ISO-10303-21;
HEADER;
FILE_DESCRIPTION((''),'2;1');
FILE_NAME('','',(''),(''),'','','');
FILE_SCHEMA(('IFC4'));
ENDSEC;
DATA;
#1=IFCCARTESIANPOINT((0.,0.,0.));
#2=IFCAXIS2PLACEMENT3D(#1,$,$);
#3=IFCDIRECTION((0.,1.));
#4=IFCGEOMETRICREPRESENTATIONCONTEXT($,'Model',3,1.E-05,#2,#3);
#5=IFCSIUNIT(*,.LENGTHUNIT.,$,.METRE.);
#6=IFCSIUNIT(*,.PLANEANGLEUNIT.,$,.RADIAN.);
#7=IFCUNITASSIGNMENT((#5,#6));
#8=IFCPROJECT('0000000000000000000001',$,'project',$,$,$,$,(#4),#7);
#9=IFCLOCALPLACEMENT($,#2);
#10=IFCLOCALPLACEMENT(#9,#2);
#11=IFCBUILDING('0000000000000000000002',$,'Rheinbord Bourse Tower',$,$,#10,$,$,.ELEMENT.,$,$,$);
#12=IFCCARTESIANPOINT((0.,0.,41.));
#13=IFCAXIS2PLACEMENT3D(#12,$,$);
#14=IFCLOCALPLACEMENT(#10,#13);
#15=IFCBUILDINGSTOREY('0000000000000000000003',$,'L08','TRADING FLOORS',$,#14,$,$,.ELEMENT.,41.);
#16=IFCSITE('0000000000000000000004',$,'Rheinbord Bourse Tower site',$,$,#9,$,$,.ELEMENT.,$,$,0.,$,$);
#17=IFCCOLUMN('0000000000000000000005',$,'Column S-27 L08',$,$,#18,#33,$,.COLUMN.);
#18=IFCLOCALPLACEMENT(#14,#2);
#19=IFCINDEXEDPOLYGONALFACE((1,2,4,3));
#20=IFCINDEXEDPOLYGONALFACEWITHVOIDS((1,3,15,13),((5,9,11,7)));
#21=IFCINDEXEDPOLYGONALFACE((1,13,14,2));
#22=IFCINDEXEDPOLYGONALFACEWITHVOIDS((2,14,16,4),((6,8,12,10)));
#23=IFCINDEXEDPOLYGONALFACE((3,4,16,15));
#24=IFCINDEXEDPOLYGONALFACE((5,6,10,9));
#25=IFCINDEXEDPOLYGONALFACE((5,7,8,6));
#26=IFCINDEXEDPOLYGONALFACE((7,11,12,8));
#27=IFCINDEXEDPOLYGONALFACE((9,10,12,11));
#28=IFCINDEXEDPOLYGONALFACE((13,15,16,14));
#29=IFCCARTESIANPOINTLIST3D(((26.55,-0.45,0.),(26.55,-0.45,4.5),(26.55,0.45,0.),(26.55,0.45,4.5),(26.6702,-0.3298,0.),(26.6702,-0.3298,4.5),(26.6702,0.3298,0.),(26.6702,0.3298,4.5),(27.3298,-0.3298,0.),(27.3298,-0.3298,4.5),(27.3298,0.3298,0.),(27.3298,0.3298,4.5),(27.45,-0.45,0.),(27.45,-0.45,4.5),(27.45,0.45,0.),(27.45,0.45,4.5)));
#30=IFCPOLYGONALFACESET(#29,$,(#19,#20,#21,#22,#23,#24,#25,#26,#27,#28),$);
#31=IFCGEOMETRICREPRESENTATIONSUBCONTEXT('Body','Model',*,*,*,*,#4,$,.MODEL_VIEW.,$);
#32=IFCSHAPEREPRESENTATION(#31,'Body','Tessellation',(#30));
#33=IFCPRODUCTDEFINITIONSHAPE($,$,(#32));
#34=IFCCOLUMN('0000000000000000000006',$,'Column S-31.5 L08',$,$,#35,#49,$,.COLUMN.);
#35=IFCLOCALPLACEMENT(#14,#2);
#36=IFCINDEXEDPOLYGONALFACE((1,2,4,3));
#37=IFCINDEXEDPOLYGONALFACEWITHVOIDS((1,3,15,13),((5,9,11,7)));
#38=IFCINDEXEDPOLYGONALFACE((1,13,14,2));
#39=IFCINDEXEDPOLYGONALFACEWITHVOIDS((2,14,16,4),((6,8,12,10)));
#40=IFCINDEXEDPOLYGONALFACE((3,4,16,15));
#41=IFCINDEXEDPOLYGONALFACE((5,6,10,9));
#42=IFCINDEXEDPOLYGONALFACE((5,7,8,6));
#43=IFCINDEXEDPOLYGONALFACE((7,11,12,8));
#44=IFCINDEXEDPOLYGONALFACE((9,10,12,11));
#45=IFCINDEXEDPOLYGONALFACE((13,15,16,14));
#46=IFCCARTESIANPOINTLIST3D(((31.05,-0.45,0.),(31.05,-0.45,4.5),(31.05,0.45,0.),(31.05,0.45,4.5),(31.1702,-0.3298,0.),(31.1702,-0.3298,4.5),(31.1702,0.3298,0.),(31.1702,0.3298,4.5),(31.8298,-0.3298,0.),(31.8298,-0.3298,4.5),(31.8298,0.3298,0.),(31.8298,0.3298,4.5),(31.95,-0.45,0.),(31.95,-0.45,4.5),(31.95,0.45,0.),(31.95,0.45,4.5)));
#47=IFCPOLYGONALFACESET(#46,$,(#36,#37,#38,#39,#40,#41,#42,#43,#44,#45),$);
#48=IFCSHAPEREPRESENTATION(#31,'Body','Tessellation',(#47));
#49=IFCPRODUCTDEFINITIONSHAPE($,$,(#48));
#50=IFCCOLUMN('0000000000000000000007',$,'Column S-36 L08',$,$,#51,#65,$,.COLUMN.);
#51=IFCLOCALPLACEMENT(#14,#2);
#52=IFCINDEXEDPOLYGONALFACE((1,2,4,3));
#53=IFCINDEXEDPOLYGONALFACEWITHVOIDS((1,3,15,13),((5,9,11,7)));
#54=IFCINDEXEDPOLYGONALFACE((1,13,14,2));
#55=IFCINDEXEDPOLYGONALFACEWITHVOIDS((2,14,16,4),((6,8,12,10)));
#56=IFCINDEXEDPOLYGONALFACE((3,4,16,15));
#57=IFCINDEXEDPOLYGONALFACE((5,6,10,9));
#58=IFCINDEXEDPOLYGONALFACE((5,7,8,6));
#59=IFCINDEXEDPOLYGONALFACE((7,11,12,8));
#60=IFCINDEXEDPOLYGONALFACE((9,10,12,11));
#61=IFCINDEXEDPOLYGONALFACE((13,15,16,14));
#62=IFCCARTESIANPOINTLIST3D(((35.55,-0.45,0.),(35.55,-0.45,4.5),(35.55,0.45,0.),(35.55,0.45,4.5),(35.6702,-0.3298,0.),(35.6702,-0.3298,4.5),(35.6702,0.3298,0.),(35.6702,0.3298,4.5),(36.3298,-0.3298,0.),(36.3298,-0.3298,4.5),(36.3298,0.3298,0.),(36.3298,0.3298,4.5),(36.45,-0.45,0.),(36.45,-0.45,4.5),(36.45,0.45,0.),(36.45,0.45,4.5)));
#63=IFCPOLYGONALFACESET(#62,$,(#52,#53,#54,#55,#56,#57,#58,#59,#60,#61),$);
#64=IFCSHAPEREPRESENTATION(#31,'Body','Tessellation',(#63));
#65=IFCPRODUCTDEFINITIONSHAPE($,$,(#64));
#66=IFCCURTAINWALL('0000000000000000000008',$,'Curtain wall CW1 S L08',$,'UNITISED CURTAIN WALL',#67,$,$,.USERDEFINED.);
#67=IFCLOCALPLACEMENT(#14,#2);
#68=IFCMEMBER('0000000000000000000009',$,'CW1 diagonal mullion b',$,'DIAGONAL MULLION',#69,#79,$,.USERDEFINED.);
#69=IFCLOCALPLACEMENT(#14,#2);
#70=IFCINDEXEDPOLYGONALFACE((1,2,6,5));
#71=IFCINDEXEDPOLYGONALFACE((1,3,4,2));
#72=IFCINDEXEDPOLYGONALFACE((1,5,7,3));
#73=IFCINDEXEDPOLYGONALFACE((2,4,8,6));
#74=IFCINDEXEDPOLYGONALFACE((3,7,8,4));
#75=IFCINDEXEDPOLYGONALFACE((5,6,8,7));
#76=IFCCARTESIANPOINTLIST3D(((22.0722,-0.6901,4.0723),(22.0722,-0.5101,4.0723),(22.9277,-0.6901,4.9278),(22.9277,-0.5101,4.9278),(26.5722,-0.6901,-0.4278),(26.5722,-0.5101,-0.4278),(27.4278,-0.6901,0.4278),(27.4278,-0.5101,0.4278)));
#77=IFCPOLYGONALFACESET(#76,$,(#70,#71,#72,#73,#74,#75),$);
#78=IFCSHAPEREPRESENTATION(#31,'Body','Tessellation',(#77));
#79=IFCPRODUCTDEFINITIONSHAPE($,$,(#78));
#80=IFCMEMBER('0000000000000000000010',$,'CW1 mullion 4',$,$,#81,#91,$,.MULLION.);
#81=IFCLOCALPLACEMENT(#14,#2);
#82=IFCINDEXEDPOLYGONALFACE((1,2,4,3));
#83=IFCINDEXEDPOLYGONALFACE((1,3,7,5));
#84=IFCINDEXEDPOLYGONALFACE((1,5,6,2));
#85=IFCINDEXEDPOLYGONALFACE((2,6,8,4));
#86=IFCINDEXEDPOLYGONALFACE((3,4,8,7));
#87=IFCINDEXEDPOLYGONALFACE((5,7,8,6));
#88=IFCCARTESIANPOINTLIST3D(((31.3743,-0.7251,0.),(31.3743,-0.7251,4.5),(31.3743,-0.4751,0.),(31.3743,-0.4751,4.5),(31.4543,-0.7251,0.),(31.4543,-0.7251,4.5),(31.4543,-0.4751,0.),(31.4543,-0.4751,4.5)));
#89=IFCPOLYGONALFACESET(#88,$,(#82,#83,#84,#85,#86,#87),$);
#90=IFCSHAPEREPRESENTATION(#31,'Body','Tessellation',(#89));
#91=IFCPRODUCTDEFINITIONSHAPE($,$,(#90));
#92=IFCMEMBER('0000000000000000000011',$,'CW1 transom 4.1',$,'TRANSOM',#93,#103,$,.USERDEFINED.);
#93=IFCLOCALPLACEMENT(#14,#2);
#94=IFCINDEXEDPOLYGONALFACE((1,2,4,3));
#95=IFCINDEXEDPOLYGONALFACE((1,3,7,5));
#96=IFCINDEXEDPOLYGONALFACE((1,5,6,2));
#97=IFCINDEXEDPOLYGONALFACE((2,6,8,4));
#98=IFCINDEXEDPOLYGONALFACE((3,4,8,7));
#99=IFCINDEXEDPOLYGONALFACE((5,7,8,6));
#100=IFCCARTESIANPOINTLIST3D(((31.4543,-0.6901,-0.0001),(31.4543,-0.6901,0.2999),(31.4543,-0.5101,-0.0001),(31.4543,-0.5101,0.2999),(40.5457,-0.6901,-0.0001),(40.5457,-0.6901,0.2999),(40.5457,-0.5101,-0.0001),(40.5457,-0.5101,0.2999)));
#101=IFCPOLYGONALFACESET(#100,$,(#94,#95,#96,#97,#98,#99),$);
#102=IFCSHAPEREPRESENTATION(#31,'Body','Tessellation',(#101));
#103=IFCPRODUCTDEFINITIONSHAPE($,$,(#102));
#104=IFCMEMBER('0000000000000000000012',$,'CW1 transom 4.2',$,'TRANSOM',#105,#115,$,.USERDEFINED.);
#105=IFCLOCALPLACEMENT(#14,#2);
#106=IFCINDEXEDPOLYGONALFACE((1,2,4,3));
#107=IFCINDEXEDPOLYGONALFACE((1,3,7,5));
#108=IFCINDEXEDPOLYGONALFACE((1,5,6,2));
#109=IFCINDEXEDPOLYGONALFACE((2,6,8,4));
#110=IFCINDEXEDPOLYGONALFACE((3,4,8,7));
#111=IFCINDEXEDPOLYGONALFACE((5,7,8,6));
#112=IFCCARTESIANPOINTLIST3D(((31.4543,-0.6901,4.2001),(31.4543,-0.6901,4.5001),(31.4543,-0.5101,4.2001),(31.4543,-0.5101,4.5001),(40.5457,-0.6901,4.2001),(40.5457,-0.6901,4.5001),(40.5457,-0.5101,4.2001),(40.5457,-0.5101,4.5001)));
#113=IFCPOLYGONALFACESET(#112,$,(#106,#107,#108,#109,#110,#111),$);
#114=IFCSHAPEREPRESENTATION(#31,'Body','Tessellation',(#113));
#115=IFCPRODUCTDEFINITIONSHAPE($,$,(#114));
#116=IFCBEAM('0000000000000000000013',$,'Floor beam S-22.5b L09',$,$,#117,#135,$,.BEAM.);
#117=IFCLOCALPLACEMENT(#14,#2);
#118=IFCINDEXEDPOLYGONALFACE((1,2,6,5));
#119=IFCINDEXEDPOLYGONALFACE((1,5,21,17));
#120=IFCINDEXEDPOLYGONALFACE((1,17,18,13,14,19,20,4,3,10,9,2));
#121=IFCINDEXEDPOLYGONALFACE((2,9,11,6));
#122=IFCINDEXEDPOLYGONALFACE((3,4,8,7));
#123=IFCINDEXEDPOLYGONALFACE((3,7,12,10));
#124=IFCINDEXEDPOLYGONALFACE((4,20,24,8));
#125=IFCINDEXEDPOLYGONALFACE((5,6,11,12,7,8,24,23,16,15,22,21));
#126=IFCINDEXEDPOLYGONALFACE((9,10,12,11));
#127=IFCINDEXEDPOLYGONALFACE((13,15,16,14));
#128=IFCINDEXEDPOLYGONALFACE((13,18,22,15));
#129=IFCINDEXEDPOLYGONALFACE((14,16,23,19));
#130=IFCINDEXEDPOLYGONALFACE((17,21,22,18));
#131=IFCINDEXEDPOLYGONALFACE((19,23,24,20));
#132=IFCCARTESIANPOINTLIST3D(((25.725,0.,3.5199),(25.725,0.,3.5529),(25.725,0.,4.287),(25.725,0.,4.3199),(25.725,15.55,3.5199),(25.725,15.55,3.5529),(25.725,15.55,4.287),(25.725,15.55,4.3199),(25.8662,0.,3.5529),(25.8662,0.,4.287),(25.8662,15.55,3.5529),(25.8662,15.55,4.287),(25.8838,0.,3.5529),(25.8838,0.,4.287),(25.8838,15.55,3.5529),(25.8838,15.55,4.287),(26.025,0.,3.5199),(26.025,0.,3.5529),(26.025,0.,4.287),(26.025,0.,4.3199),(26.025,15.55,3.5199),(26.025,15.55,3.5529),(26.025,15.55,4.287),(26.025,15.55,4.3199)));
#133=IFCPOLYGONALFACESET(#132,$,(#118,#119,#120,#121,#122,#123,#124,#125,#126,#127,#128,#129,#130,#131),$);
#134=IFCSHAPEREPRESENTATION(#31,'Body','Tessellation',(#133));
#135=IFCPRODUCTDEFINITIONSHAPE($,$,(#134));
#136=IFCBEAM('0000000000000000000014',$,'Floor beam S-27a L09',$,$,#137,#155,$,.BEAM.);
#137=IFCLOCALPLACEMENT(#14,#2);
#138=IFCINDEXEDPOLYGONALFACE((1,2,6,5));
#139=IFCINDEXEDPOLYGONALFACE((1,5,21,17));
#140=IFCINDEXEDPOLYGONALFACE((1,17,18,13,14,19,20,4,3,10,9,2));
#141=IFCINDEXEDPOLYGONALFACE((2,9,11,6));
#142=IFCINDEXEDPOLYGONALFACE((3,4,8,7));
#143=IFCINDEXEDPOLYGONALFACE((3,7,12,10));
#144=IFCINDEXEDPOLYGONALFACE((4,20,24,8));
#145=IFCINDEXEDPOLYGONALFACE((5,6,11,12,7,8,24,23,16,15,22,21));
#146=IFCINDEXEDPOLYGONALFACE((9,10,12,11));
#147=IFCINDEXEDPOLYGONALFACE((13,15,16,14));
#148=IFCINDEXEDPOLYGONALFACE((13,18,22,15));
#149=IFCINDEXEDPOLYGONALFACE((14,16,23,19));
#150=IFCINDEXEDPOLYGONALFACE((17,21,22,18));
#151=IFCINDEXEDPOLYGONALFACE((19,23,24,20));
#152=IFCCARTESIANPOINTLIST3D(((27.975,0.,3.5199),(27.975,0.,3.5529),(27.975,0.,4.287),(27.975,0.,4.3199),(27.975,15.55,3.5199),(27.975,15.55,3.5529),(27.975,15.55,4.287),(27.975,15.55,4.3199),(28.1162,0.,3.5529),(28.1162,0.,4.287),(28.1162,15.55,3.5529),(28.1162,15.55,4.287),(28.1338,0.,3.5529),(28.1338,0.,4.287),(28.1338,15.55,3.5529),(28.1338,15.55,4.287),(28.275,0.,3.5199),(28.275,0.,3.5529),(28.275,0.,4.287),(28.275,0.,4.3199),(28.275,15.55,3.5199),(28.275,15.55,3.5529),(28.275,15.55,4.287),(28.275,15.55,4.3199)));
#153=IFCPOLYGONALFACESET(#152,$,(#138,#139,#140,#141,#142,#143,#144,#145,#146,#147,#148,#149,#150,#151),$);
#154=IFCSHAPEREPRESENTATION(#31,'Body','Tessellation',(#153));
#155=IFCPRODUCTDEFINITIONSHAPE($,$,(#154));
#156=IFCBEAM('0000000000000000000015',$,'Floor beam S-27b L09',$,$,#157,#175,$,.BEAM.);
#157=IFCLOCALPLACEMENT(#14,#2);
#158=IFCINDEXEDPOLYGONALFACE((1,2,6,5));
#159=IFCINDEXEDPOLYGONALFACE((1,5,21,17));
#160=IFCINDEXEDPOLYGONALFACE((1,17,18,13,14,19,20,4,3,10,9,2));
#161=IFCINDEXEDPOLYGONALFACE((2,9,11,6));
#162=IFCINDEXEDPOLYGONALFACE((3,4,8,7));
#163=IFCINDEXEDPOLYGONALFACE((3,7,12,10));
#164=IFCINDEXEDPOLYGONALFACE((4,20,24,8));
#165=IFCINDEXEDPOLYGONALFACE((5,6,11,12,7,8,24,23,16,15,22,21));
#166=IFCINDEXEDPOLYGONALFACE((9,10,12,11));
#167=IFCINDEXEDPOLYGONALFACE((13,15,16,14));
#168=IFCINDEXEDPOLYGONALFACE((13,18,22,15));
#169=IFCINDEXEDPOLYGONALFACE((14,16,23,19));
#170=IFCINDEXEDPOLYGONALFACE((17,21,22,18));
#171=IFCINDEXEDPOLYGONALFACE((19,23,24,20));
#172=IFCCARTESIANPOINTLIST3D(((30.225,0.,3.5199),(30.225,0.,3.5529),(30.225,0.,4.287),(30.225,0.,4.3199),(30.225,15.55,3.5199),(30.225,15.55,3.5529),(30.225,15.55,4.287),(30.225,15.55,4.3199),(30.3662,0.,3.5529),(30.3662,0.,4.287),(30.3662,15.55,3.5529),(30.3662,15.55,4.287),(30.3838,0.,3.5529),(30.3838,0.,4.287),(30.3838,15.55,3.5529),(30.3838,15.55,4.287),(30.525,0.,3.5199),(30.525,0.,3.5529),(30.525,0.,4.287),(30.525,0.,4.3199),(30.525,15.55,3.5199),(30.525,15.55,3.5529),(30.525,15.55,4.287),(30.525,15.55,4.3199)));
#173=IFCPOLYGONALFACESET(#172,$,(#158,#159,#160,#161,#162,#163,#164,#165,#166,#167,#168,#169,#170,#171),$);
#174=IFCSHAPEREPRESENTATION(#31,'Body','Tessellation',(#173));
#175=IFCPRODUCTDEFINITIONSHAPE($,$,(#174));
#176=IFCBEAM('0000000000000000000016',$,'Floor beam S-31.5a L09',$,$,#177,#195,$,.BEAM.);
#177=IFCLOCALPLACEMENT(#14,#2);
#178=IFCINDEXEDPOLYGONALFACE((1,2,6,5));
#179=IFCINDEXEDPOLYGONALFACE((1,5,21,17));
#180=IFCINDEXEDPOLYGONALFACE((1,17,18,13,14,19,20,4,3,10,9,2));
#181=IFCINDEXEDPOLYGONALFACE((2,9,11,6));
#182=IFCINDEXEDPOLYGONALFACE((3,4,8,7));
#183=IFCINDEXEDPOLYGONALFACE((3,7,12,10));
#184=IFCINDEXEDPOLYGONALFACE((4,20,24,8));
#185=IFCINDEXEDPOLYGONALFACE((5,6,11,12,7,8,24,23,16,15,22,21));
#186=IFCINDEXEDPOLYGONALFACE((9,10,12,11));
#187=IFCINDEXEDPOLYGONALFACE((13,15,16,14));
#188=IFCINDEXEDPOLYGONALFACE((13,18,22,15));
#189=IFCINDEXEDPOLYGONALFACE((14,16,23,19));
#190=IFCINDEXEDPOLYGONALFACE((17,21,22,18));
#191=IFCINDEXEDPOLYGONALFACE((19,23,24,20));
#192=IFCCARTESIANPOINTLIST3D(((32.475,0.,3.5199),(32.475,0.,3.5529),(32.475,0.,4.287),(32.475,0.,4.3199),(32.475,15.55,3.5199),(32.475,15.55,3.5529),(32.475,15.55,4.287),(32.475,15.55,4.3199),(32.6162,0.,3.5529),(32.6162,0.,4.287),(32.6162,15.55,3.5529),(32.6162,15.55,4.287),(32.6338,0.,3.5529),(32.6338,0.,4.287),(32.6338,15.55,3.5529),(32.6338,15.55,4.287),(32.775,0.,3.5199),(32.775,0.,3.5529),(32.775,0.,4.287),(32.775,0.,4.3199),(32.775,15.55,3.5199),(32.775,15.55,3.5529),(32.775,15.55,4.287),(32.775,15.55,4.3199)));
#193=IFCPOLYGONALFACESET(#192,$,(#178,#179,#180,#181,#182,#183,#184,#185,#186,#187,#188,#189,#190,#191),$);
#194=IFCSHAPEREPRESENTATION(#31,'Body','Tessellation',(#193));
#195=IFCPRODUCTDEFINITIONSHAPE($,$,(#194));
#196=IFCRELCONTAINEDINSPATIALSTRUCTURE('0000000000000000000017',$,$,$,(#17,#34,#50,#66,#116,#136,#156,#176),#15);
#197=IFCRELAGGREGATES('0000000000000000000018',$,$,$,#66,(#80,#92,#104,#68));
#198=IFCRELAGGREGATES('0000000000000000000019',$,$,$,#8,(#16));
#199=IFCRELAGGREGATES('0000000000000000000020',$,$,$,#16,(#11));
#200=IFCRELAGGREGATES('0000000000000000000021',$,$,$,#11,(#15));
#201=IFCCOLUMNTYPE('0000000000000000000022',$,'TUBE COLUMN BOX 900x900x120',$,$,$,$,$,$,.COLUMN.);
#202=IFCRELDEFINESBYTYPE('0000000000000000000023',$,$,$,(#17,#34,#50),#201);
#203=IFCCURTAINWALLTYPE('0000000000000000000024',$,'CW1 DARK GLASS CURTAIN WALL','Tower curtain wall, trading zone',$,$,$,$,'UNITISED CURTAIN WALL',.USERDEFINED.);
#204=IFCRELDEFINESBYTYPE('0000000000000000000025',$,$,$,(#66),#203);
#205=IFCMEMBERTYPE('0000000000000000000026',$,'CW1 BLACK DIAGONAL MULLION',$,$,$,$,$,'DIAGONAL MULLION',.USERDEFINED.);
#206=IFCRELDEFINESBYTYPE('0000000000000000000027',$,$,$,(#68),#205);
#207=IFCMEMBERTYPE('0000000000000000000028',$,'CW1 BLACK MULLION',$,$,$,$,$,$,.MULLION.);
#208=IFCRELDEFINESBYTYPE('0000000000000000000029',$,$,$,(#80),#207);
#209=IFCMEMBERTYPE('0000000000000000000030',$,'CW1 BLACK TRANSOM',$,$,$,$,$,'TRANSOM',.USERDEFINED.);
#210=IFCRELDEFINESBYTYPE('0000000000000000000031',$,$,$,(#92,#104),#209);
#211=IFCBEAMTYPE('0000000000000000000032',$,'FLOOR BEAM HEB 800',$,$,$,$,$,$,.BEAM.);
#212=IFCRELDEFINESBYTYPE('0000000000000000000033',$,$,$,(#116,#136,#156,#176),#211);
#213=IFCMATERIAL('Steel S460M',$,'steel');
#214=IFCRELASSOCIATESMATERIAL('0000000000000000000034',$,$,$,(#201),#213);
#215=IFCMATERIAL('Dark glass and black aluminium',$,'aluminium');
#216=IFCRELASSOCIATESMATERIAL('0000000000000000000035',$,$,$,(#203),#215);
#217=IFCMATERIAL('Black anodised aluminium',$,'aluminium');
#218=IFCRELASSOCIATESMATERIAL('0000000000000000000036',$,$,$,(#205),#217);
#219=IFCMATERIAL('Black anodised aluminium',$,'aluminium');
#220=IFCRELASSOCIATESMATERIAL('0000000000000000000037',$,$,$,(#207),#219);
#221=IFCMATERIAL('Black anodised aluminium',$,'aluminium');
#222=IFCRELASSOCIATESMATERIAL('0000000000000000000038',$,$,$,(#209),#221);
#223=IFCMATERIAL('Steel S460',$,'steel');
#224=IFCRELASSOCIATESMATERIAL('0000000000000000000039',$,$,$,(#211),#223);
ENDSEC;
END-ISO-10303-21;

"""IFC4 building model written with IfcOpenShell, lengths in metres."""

from ifc_helpers import new_model, si_unit, direction, frame, origin, origin_2d, place, context, subcontext, project, spatial, rectangle, hollow_rectangle, i_section, extrude, material, material_profile, profile_set, type_object, element, aggregate, save


model = new_model("IFC4")

# Units and contexts
model_context = context("Model", 3, precision=1e-05, world=origin(), true_north=direction((0.0, 1.0)))
body_context = subcontext(model_context, "Body", "Model", "MODEL_VIEW")
ifc_project = project(units=[si_unit("LENGTHUNIT", "METRE"), si_unit("PLANEANGLEUNIT", "RADIAN")], contexts=[model_context])

# Site, building, storey
site_placement = place(None, origin())
site = spatial("IfcSite", under=ifc_project, at=site_placement, Name="Rheinbord Bourse Tower site", CompositionType="ELEMENT", RefElevation=0.0)
building_placement = place(site_placement, origin())
building = spatial("IfcBuilding", under=site, at=building_placement, Name="Rheinbord Bourse Tower", CompositionType="ELEMENT")
storey_placement = place(building_placement, frame((0.0, 0.0, 41.0)))
storey = spatial("IfcBuildingStorey", under=building, at=storey_placement, Name="L08", Description="TRADING FLOORS", CompositionType="ELEMENT", Elevation=41.0)

# Columns
ifc_material_1 = material(Name="Steel S460M", Category="steel")
ifc_material_profile_1 = material_profile(ifc_material_1, hollow_rectangle(XDim=0.8999, YDim=0.8999, WallThickness=0.1201, at=origin_2d()), Name="BOX 900x900x120")
ifc_profile_set_1 = profile_set([ifc_material_profile_1], Name="Steel S460M")
column_type = type_object("IfcColumnType", Name="TUBE COLUMN BOX 900x900x120", PredefinedType="COLUMN", material=ifc_profile_set_1)
for number, where, z_axis, x_axis, name in (
    (1, (27.0, 0.0, 0.0), (0.0, 0.0, 1.0), (0.0, 1.0, 0.0), "Column S-27 L08"),
    (2, (31.5, 0.0, 0.0), (0.0, 0.0, 1.0), (0.0, 1.0, 0.0), "Column S-31.5 L08"),
    (3, (36.0, 0.0, 0.0), (0.0, 0.0, 1.0), (0.0, 1.0, 0.0), "Column S-36 L08"),
):
    element("IfcColumn", number, at=place(storey_placement, frame(where, z_axis=z_axis, x_axis=x_axis)), inside=storey, type_object=column_type, Name=name, PredefinedType="COLUMN", context=body_context, shape_type="SweptSolid", body=[
        extrude(hollow_rectangle(XDim=0.8999, YDim=0.8999, WallThickness=0.1201, at=origin_2d()), origin(), (0.0, 0.0, 1.0), 4.5),
    ])

# Curtain wall, members
ifc_material_2 = material(Name="Dark glass and black aluminium", Category="aluminium")
curtain_wall_type = type_object("IfcCurtainWallType", Name="CW1 DARK GLASS CURTAIN WALL", Description="Tower curtain wall, trading zone", ElementType="UNITISED CURTAIN WALL", PredefinedType="USERDEFINED", material=ifc_material_2)
curtain_wall_placement = place(storey_placement, origin())
curtain_wall = element("IfcCurtainWall", 4, at=curtain_wall_placement, inside=storey, type_object=curtain_wall_type, Name="Curtain wall CW1 S L08", ObjectType="UNITISED CURTAIN WALL", PredefinedType="USERDEFINED")
ifc_material_3 = material(Name="Black anodised aluminium", Category="aluminium")
ifc_material_profile_2 = material_profile(ifc_material_3, rectangle(XDim=0.1799, YDim=1.21, at=origin_2d()), Name="CW1 DIAGONAL MULLION 1210x180")
ifc_profile_set_2 = profile_set([ifc_material_profile_2], Name="Black anodised aluminium")
member_type_1 = type_object("IfcMemberType", Name="CW1 BLACK DIAGONAL MULLION", ElementType="DIAGONAL MULLION", PredefinedType="USERDEFINED", material=ifc_profile_set_2)
member_1_placement = place(storey_placement, frame((27.0, -0.6001, 0.0), z_axis=(-0.707107, 0.0, 0.707107), x_axis=(0.0, -1.0, 0.0)))
member_1 = element("IfcMember", 5, at=member_1_placement, type_object=member_type_1, Name="CW1 diagonal mullion b", ObjectType="DIAGONAL MULLION", PredefinedType="USERDEFINED", context=body_context, shape_type="SweptSolid", body=[
    extrude(rectangle(XDim=0.1799, YDim=1.21, at=origin_2d()), origin(), (0.0, 0.0, 1.0), 6.364),
])
ifc_material_4 = material(Name="Black anodised aluminium", Category="aluminium")
ifc_material_profile_3 = material_profile(ifc_material_4, rectangle(XDim=0.25, YDim=0.0801, at=origin_2d()), Name="CW1 MULLION 80x250")
ifc_profile_set_3 = profile_set([ifc_material_profile_3], Name="Black anodised aluminium")
member_type_2 = type_object("IfcMemberType", Name="CW1 BLACK MULLION", PredefinedType="MULLION", material=ifc_profile_set_3)
member_2_placement = place(storey_placement, frame((31.4143, -0.6001, 0.0), z_axis=(0.0, 0.0, 1.0), x_axis=(0.0, 1.0, 0.0)))
member_2 = element("IfcMember", 6, at=member_2_placement, type_object=member_type_2, Name="CW1 mullion 4", PredefinedType="MULLION", context=body_context, shape_type="SweptSolid", body=[
    extrude(rectangle(XDim=0.25, YDim=0.0801, at=origin_2d()), origin(), (0.0, 0.0, 1.0), 4.5),
])
ifc_material_5 = material(Name="Black anodised aluminium", Category="aluminium")
ifc_material_profile_4 = material_profile(ifc_material_5, rectangle(XDim=0.1799, YDim=0.3, at=origin_2d()), Name="CW1 TRANSOM 300x180")
ifc_profile_set_4 = profile_set([ifc_material_profile_4], Name="Black anodised aluminium")
member_type_3 = type_object("IfcMemberType", Name="CW1 BLACK TRANSOM", ElementType="TRANSOM", PredefinedType="USERDEFINED", material=ifc_profile_set_4)
member_3_placement = place(storey_placement, frame((31.4543, -0.6001, 0.1499), z_axis=(1.0, 0.0, 0.0), x_axis=(0.0, 1.0, 0.0)))
member_3 = element("IfcMember", 7, at=member_3_placement, type_object=member_type_3, Name="CW1 transom 4.1", ObjectType="TRANSOM", PredefinedType="USERDEFINED", context=body_context, shape_type="SweptSolid", body=[
    extrude(rectangle(XDim=0.1799, YDim=0.3, at=origin_2d()), origin(), (0.0, 0.0, 1.0), 9.0913),
])
member_4_placement = place(storey_placement, frame((31.4543, -0.6001, 4.3501), z_axis=(1.0, 0.0, 0.0), x_axis=(0.0, 1.0, 0.0)))
member_4 = element("IfcMember", 8, at=member_4_placement, type_object=member_type_3, Name="CW1 transom 4.2", ObjectType="TRANSOM", PredefinedType="USERDEFINED", context=body_context, shape_type="SweptSolid", body=[
    extrude(rectangle(XDim=0.1799, YDim=0.3, at=origin_2d()), origin(), (0.0, 0.0, 1.0), 9.0913),
])

# Beams
ifc_material_6 = material(Name="Steel S460", Category="steel")
ifc_material_profile_5 = material_profile(ifc_material_6, i_section(OverallWidth=0.3, OverallDepth=0.8, WebThickness=0.0176, FlangeThickness=0.033, at=origin_2d()), Name="HEB 800")
ifc_profile_set_5 = profile_set([ifc_material_profile_5], Name="Steel S460")
beam_type_1 = type_object("IfcBeamType", Name="FLOOR BEAM HEB 800", PredefinedType="BEAM", material=ifc_profile_set_5)
for number, where, z_axis, x_axis, name in (
    (9, (25.875, 0.0, 3.9199), (0.0, 1.0, 0.0), (-1.0, 0.0, 0.0), "Floor beam S-22.5b L09"),
    (10, (28.125, 0.0, 3.9199), (0.0, 1.0, 0.0), (-1.0, 0.0, 0.0), "Floor beam S-27a L09"),
    (11, (30.375, 0.0, 3.9199), (0.0, 1.0, 0.0), (-1.0, 0.0, 0.0), "Floor beam S-27b L09"),
    (12, (32.625, 0.0, 3.9199), (0.0, 1.0, 0.0), (-1.0, 0.0, 0.0), "Floor beam S-31.5a L09"),
):
    element("IfcBeam", number, at=place(storey_placement, frame(where, z_axis=z_axis, x_axis=x_axis)), inside=storey, type_object=beam_type_1, Name=name, PredefinedType="BEAM", context=body_context, shape_type="SweptSolid", body=[
        extrude(i_section(OverallWidth=0.3, OverallDepth=0.8, WebThickness=0.0176, FlangeThickness=0.033, at=origin_2d()), origin(), (0.0, 0.0, 1.0), 15.55),
    ])

aggregate(curtain_wall, [member_2, member_3, member_4, member_1])

save(model, "model.ifc")
